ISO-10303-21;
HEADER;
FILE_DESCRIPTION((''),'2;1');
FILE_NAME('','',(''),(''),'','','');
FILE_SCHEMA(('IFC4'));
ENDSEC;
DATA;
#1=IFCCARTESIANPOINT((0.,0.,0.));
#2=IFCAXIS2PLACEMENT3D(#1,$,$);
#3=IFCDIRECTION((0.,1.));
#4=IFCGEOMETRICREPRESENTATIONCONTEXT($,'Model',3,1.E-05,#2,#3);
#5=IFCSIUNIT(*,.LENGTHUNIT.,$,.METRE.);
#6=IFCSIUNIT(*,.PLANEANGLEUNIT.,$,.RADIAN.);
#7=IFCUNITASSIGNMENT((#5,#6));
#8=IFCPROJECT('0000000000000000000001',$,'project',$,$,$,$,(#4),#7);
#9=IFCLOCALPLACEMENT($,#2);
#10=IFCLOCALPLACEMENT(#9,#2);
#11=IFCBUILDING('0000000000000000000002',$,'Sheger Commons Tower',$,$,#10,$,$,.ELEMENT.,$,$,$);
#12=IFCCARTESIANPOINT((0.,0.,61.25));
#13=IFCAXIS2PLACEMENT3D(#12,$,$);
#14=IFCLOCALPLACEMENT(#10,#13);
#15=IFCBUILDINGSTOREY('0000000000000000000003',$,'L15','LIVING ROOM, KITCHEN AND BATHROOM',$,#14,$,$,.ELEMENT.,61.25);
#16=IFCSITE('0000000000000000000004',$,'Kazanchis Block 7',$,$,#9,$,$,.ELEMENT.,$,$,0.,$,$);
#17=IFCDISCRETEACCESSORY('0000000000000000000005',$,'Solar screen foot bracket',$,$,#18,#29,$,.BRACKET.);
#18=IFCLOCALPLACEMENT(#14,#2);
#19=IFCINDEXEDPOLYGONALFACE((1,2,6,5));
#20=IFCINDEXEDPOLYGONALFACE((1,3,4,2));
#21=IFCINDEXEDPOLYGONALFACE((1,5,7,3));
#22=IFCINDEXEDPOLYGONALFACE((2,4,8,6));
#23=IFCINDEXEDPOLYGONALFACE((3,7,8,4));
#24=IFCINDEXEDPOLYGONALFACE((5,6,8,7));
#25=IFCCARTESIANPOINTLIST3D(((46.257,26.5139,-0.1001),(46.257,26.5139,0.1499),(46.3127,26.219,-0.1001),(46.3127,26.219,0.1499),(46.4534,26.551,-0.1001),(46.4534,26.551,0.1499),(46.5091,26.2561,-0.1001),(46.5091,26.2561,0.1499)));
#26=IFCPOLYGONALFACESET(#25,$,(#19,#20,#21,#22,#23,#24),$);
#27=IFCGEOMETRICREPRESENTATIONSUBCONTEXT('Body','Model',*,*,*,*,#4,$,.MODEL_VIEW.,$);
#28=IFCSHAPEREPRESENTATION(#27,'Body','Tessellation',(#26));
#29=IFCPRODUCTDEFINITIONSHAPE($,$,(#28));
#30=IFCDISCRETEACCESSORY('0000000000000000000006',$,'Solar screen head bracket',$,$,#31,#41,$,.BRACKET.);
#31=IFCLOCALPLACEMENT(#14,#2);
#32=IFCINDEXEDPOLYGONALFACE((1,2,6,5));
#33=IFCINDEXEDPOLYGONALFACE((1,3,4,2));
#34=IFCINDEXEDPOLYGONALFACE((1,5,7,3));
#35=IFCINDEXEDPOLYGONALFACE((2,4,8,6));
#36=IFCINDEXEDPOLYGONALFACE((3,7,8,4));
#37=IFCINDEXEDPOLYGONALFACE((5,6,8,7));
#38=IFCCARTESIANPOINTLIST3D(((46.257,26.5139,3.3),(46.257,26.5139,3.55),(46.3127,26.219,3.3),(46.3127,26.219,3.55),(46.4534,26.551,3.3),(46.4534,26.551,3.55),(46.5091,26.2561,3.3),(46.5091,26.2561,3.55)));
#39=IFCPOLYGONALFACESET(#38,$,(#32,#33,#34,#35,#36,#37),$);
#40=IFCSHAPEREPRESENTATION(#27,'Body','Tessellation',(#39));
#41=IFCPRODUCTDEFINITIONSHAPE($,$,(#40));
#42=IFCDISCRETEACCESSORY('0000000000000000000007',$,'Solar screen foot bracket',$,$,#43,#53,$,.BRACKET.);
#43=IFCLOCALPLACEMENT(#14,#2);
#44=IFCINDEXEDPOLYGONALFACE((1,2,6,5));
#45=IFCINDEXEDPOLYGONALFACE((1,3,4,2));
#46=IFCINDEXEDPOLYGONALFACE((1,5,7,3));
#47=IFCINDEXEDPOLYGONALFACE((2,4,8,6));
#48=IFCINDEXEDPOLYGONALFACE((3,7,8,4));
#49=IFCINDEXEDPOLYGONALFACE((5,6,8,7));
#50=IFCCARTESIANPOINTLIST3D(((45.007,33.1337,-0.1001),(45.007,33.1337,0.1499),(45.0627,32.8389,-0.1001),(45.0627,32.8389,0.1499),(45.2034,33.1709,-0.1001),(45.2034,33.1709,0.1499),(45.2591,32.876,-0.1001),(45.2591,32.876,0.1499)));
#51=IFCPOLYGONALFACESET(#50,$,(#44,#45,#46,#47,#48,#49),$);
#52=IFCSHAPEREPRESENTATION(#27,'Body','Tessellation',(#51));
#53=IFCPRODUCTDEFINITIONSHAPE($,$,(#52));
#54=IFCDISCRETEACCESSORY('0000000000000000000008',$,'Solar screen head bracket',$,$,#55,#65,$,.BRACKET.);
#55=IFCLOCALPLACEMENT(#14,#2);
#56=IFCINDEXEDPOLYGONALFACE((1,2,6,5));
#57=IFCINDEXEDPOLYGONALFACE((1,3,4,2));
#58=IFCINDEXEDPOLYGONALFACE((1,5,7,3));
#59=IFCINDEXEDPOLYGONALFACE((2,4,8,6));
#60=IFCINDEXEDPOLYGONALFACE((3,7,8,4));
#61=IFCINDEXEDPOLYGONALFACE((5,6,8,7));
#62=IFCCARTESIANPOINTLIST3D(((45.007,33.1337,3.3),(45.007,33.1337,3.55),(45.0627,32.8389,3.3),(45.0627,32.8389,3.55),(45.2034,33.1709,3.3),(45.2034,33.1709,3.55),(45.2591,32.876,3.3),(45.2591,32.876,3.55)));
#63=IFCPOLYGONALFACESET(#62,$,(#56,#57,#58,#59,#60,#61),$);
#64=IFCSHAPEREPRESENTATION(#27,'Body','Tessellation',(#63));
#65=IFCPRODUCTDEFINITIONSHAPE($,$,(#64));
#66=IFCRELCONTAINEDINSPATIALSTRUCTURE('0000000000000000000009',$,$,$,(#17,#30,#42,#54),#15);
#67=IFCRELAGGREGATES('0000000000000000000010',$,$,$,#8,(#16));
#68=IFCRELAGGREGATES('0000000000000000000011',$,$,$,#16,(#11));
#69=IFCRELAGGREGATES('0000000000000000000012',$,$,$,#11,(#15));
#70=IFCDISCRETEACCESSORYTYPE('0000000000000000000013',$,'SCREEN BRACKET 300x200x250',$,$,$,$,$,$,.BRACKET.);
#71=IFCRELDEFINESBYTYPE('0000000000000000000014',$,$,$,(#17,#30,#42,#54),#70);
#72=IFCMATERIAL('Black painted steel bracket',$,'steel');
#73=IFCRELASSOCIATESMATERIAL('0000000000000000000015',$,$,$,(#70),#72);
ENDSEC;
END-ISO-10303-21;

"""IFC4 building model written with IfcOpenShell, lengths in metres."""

from ifc_helpers import new_model, si_unit, direction, frame, origin, origin_2d, place, context, subcontext, project, spatial, rectangle, extrude, material, type_object, element, save


model = new_model("IFC4")

# Units and contexts
model_context = context("Model", 3, precision=1e-05, world=origin(), true_north=direction((0.0, 1.0)))
body_context = subcontext(model_context, "Body", "Model", "MODEL_VIEW")
ifc_project = project(units=[si_unit("LENGTHUNIT", "METRE"), si_unit("PLANEANGLEUNIT", "RADIAN")], contexts=[model_context])

# Site, building, storey
site_placement = place(None, origin())
site = spatial("IfcSite", under=ifc_project, at=site_placement, Name="Kazanchis Block 7", CompositionType="ELEMENT", RefElevation=0.0)
building_placement = place(site_placement, origin())
building = spatial("IfcBuilding", under=site, at=building_placement, Name="Sheger Commons Tower", CompositionType="ELEMENT")
storey_placement = place(building_placement, frame((0.0, 0.0, 61.25)))
storey = spatial("IfcBuildingStorey", under=building, at=storey_placement, Name="L15", Description="LIVING ROOM, KITCHEN AND BATHROOM", CompositionType="ELEMENT", Elevation=61.25)

# Discrete accessories
ifc_material_1 = material(Name="Black painted steel bracket", Category="steel")
discrete_accessory_type = type_object("IfcDiscreteAccessoryType", Name="SCREEN BRACKET 300x200x250", PredefinedType="BRACKET", material=ifc_material_1)
for number, where, z_axis, x_axis, name in (
    (1, (46.3831, 26.385, -0.1001), (0.0, 0.0, 1.0), (-0.185615, 0.982623, 0.0), "Solar screen foot bracket"),
    (2, (46.3831, 26.385, 3.3), (0.0, 0.0, 1.0), (-0.185615, 0.982623, 0.0), "Solar screen head bracket"),
    (3, (45.1331, 33.0049, -0.1001), (0.0, 0.0, 1.0), (-0.185615, 0.982623, 0.0), "Solar screen foot bracket"),
    (4, (45.1331, 33.0049, 3.3), (0.0, 0.0, 1.0), (-0.185615, 0.982623, 0.0), "Solar screen head bracket"),
):
    element("IfcDiscreteAccessory", number, at=place(storey_placement, frame(where, z_axis=z_axis, x_axis=x_axis)), inside=storey, type_object=discrete_accessory_type, Name=name, PredefinedType="BRACKET", context=body_context, shape_type="SweptSolid", body=[
        extrude(rectangle(XDim=0.3, YDim=0.2, at=origin_2d()), origin(), (0.0, 0.0, 1.0), 0.25),
    ])

save(model, "model.ifc")
